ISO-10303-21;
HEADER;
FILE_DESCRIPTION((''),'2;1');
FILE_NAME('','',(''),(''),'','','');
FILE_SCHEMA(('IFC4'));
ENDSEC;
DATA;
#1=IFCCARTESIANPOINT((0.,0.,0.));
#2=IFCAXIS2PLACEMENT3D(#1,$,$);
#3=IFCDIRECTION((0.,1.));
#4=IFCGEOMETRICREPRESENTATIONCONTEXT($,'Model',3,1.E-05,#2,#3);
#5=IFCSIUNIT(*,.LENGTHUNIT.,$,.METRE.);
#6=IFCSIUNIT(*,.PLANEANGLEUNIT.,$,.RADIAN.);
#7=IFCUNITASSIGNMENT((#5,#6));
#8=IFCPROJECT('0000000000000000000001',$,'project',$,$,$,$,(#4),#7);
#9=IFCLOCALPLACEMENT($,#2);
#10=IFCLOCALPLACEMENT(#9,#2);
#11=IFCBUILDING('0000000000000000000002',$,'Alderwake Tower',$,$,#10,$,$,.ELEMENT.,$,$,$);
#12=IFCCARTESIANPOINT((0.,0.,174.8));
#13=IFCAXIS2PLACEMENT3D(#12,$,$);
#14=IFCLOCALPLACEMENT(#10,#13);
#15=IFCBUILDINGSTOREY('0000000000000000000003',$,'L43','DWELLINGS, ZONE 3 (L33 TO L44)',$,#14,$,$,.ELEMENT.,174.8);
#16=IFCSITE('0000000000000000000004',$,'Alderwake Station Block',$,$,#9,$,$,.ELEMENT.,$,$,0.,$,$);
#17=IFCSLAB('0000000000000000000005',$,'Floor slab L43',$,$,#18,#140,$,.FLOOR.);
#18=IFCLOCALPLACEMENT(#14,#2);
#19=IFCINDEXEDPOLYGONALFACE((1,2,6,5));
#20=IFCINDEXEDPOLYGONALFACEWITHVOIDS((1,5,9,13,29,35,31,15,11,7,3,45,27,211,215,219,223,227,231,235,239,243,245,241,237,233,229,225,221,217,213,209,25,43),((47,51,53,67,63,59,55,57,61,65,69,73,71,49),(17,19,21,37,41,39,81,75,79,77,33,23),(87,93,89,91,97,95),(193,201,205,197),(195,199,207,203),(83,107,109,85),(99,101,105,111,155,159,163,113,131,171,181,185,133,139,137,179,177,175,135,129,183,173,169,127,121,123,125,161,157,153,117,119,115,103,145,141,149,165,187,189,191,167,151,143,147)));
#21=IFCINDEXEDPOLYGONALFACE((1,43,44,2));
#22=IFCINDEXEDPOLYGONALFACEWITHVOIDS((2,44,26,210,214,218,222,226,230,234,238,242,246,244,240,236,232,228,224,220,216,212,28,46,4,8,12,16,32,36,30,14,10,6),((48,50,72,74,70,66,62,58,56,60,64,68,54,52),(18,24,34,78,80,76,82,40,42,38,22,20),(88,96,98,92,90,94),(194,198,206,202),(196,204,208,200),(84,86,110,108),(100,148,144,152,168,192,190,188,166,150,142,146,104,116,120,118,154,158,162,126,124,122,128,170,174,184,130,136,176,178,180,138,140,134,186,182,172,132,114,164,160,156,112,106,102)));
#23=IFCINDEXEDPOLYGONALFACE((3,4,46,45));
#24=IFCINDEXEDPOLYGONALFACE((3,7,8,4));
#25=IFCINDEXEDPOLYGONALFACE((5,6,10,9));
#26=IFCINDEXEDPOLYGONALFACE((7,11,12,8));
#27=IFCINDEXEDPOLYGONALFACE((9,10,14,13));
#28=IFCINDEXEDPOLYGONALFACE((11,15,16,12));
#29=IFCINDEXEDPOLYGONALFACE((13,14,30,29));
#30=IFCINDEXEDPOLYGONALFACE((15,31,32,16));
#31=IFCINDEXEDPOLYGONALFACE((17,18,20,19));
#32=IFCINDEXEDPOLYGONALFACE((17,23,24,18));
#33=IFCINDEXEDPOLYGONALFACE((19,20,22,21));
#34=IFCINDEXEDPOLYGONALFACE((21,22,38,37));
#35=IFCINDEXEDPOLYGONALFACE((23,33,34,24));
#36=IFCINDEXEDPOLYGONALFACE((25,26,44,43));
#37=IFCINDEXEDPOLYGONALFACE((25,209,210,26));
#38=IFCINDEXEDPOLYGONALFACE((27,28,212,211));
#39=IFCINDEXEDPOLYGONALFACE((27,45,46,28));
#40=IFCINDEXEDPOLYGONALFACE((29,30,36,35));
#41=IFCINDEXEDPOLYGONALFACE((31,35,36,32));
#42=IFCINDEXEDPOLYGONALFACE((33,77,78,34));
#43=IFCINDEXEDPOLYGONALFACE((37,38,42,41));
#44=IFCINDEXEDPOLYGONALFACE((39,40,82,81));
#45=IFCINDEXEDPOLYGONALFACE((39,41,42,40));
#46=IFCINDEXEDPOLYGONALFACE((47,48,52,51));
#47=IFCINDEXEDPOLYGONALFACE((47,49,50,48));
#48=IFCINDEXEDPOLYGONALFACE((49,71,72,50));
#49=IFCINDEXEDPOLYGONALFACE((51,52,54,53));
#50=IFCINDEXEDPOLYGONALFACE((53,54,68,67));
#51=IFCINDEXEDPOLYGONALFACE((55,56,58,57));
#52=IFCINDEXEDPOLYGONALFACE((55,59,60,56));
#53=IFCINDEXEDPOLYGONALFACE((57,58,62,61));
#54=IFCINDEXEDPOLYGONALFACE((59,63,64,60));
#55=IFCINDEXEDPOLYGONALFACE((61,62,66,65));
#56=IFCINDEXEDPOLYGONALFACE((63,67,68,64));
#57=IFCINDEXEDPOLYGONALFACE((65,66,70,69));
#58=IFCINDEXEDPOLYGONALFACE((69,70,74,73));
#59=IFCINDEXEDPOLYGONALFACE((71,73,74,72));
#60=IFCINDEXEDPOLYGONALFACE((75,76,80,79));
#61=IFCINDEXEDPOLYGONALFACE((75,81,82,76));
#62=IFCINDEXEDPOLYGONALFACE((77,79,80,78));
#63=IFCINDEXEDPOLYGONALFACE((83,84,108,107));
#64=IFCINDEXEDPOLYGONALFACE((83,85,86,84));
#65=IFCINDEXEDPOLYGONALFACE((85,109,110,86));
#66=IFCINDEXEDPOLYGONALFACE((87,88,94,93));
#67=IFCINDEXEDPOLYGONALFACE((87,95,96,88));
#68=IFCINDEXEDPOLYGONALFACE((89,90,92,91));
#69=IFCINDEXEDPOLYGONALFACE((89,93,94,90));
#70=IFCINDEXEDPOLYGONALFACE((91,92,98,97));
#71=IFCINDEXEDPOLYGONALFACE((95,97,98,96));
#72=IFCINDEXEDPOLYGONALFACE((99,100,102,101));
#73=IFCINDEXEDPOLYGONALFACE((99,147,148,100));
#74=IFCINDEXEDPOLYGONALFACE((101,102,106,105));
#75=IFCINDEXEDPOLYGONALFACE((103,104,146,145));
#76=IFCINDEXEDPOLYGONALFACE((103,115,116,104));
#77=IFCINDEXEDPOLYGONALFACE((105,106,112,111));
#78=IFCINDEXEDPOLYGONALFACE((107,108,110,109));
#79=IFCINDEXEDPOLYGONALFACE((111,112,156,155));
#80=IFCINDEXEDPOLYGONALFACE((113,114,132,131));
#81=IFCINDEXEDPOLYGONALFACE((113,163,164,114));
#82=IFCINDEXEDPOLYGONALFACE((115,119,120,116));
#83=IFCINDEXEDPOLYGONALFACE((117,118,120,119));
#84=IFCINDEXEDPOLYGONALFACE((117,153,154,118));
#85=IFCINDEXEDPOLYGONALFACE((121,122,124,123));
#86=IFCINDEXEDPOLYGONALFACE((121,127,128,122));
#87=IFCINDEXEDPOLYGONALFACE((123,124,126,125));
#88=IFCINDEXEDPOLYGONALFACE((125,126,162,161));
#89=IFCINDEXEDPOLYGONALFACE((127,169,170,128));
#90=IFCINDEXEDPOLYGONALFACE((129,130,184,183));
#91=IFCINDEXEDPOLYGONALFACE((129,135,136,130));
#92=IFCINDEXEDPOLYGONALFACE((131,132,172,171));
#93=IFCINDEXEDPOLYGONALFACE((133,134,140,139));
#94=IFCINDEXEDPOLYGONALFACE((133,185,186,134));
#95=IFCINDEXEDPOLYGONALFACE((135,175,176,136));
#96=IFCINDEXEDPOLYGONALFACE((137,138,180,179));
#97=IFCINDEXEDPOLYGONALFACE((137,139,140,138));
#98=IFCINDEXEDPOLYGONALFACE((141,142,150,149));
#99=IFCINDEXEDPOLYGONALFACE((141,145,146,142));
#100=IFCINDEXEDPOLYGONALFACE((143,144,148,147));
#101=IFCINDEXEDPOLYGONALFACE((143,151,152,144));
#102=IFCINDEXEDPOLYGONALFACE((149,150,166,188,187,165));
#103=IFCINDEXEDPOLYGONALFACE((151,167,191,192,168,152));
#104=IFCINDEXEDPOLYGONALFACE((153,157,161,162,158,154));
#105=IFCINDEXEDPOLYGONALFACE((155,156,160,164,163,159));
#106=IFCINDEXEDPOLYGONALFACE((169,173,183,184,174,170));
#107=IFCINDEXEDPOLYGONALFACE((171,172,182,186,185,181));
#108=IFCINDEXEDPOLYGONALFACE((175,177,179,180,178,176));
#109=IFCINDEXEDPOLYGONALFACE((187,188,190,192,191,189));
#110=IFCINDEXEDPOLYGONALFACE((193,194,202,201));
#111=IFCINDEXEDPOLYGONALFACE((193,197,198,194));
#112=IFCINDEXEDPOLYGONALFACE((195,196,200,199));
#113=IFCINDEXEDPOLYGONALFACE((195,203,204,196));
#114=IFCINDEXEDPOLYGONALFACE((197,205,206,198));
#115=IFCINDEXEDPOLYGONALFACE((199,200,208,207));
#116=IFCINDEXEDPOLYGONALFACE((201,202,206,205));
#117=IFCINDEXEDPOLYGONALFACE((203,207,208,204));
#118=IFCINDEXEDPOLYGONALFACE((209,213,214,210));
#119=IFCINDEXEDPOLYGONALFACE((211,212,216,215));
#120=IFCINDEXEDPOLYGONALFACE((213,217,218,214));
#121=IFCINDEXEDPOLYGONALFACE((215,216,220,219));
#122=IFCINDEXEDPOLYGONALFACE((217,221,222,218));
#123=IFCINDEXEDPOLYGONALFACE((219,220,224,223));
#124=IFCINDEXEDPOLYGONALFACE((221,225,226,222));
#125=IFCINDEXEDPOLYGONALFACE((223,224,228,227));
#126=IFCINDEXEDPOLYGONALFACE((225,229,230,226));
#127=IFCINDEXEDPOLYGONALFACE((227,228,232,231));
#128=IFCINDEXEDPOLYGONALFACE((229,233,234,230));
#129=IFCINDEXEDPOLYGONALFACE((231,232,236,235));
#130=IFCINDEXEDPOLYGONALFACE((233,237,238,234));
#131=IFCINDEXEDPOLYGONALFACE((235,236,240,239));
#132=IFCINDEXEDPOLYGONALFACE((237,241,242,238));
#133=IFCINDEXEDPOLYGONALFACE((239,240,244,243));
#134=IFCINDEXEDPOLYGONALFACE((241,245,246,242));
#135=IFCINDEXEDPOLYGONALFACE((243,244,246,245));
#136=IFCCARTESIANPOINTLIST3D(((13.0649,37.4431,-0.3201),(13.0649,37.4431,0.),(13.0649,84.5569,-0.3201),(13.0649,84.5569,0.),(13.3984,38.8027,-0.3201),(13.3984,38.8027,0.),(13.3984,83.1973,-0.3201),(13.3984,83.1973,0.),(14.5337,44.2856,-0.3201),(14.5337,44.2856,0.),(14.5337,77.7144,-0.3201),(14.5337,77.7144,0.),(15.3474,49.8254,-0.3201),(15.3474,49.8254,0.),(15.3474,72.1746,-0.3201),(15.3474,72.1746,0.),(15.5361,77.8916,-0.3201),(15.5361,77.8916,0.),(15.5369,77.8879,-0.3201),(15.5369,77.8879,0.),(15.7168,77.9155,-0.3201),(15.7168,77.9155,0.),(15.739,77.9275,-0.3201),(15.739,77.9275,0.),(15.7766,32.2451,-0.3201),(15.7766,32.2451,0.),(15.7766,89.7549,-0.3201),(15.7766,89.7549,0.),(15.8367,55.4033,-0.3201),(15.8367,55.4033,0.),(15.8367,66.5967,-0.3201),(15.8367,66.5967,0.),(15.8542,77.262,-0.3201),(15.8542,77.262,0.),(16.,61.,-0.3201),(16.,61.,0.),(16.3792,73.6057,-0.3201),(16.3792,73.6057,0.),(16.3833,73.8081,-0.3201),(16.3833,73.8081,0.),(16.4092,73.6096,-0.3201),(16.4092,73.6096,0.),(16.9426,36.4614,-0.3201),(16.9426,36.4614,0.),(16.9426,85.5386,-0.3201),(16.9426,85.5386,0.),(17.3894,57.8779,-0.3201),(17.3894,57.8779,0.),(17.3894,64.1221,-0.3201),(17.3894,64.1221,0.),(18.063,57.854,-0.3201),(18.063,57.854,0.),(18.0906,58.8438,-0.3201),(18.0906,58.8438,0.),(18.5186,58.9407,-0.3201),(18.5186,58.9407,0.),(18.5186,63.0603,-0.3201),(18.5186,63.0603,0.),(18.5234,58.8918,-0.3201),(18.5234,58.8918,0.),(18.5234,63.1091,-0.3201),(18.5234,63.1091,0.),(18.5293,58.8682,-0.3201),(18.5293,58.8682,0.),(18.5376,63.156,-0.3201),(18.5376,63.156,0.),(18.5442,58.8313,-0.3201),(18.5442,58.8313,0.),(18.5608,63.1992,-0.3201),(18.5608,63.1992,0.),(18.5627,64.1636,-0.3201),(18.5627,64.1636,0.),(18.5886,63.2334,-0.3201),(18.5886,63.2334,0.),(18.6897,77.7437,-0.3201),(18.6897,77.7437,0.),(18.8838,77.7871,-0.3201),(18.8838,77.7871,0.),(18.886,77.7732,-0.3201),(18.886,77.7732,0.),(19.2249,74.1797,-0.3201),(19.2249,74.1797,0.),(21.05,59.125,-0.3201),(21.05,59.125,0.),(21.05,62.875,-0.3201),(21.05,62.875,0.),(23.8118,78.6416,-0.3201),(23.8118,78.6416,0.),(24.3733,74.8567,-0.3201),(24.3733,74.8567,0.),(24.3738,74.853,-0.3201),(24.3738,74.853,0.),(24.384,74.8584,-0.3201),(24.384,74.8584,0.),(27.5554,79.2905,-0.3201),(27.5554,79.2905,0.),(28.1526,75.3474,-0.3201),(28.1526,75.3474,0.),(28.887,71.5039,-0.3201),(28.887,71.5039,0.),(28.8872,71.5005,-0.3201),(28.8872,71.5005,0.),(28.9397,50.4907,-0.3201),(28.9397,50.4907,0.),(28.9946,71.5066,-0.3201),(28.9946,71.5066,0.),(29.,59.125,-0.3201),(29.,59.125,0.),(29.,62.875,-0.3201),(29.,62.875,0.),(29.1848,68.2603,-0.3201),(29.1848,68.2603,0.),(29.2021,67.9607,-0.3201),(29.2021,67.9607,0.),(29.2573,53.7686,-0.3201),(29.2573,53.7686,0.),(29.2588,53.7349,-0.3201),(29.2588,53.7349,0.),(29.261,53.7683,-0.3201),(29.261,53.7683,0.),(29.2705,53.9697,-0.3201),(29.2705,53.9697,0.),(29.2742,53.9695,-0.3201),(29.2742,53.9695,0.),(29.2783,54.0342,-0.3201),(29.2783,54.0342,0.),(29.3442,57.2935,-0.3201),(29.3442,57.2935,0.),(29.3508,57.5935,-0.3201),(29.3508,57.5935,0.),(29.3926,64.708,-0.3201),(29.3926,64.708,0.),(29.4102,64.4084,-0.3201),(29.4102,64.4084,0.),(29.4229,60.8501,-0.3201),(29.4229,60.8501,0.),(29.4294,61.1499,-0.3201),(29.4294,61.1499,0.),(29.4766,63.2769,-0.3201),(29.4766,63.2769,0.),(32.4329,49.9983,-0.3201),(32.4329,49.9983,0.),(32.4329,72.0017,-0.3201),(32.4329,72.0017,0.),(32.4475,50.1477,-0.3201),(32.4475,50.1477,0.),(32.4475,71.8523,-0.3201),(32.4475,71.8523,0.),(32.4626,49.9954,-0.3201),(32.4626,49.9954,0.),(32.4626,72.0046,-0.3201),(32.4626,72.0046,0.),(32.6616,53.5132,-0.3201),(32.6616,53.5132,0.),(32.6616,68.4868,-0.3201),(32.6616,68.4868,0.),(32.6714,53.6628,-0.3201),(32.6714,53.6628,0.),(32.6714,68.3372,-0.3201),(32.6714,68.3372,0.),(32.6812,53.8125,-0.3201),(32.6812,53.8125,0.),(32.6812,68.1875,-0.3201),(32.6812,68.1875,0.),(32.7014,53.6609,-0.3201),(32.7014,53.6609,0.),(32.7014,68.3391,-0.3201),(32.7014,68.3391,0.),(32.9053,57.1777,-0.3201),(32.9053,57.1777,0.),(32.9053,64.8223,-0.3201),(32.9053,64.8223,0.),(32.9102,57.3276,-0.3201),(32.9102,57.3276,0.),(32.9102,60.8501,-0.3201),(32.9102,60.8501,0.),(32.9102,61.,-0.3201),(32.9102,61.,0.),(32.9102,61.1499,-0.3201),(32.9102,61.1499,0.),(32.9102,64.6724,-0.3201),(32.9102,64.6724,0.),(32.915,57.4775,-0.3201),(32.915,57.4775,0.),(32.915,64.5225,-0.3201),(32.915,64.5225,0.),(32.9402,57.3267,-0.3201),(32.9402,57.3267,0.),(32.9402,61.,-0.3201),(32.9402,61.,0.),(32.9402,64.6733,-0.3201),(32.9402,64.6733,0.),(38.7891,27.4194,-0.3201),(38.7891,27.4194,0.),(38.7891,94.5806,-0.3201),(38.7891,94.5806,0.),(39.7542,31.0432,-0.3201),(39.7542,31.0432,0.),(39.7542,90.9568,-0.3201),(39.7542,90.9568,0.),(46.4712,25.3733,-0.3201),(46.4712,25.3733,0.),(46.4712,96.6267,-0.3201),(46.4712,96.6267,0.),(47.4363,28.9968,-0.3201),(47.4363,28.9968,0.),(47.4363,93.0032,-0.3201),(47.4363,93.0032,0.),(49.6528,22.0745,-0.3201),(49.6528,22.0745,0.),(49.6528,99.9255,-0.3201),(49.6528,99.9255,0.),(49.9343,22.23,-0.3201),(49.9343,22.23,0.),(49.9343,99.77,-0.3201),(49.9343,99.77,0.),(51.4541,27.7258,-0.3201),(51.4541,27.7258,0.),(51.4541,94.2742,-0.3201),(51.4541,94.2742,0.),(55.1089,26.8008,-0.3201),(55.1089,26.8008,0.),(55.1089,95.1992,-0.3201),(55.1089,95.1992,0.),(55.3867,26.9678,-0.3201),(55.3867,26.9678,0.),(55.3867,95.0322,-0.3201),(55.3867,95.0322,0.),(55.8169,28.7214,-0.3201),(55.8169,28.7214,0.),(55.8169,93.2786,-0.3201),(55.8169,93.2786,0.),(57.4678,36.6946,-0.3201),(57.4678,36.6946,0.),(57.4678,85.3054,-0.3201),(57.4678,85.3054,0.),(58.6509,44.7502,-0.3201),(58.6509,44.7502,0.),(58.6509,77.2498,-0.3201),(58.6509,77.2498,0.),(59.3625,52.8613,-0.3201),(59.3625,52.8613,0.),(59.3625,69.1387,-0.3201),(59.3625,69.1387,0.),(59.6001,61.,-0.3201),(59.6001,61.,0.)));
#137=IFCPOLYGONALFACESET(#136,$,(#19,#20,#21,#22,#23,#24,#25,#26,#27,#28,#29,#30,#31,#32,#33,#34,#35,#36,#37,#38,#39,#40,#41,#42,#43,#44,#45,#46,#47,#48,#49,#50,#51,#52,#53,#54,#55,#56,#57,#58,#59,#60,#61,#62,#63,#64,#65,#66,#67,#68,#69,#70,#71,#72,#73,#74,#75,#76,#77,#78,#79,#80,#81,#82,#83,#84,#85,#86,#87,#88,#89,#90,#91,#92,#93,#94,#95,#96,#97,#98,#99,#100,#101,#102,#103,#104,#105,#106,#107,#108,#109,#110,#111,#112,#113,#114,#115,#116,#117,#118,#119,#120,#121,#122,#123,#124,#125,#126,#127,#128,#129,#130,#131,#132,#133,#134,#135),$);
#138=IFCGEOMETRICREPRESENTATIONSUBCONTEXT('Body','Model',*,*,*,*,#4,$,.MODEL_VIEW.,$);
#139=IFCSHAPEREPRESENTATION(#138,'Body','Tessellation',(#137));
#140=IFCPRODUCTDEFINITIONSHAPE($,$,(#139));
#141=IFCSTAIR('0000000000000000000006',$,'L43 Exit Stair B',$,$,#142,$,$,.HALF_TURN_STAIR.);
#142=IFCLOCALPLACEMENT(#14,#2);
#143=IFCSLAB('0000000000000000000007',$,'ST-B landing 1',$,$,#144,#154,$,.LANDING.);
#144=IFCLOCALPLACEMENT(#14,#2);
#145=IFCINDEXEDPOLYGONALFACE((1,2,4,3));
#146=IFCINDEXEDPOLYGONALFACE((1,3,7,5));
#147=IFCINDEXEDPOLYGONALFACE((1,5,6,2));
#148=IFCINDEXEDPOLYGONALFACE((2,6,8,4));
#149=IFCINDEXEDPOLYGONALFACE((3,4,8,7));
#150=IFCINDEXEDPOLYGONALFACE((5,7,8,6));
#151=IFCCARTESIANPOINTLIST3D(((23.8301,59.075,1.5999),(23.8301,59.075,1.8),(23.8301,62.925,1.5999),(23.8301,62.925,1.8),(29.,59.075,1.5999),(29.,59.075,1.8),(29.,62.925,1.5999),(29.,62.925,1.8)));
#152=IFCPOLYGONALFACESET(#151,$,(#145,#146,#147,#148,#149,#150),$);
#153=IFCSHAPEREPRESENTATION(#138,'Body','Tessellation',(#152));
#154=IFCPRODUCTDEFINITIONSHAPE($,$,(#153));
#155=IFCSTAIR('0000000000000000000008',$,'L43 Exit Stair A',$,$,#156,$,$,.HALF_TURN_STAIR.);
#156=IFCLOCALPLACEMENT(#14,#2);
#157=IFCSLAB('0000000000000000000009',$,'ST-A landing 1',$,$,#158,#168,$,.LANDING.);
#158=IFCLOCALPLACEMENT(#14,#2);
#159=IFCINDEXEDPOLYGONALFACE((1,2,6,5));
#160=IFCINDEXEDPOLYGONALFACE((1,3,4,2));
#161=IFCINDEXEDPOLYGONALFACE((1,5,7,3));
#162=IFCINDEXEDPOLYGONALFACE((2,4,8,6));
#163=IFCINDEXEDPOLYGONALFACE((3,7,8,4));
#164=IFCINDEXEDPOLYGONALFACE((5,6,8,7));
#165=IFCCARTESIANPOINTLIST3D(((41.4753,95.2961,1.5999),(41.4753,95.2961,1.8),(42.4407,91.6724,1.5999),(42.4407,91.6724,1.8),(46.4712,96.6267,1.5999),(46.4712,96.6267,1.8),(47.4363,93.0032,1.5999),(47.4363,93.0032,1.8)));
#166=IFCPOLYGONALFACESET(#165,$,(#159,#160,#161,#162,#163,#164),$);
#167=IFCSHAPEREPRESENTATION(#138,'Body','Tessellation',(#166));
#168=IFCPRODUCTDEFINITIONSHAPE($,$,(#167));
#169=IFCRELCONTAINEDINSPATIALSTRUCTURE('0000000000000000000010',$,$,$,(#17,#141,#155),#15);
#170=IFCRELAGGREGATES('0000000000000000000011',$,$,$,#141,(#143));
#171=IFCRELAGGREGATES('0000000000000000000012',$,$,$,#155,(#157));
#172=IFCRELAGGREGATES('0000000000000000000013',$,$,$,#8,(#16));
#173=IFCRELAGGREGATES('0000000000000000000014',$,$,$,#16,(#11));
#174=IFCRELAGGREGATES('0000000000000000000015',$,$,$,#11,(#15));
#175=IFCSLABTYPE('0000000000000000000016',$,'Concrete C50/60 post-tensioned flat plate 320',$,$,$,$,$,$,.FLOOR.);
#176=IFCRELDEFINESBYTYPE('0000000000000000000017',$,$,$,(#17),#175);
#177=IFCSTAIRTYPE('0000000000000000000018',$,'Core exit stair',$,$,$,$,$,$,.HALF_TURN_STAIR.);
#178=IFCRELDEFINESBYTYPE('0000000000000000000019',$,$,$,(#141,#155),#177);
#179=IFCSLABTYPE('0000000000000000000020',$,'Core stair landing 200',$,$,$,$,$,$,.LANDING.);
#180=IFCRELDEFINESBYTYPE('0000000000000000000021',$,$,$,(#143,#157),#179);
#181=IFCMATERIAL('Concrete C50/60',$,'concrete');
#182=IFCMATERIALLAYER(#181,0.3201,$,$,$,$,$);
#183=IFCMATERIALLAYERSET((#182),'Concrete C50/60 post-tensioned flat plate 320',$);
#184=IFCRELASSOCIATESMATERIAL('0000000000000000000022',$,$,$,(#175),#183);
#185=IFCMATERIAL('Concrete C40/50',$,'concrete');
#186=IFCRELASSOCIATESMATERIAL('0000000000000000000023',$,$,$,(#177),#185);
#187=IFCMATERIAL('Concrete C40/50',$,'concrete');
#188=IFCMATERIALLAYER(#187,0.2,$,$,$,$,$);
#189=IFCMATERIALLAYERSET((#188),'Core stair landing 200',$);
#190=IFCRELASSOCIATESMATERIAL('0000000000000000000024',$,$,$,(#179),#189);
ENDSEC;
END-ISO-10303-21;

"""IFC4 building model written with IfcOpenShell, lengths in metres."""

from ifc_helpers import new_model, si_unit, direction, frame, origin, place, context, subcontext, project, spatial, polyline, outline, extrude, material, layer, layer_set, type_object, element, aggregate, save


model = new_model("IFC4")

# Units and contexts
model_context = context("Model", 3, precision=1e-05, world=origin(), true_north=direction((0.0, 1.0)))
body_context = subcontext(model_context, "Body", "Model", "MODEL_VIEW")
ifc_project = project(units=[si_unit("LENGTHUNIT", "METRE"), si_unit("PLANEANGLEUNIT", "RADIAN")], contexts=[model_context])

# Site, building, storey
site_placement = place(None, origin())
site = spatial("IfcSite", under=ifc_project, at=site_placement, Name="Alderwake Station Block", CompositionType="ELEMENT", RefElevation=0.0)
building_placement = place(site_placement, origin())
building = spatial("IfcBuilding", under=site, at=building_placement, Name="Alderwake Tower", CompositionType="ELEMENT")
storey_placement = place(building_placement, frame((0.0, 0.0, 174.8)))
storey = spatial("IfcBuildingStorey", under=building, at=storey_placement, Name="L43", Description="DWELLINGS, ZONE 3 (L33 TO L44)", CompositionType="ELEMENT", Elevation=174.8)

# Slab
ifc_material_1 = material(Name="Concrete C50/60", Category="concrete")
ifc_layer_1 = layer(ifc_material_1, 0.3201)
ifc_layer_set_1 = layer_set([ifc_layer_1], Name="Concrete C50/60 post-tensioned flat plate 320")
slab_type_1 = type_object("IfcSlabType", Name="Concrete C50/60 post-tensioned flat plate 320", PredefinedType="FLOOR", material=ifc_layer_set_1)
slab_1_placement = place(storey_placement, frame((0.0, 0.0, -0.3201)))
element("IfcSlab", 1, at=slab_1_placement, inside=storey, type_object=slab_type_1, Name="Floor slab L43", PredefinedType="FLOOR", context=body_context, shape_type="SweptSolid", body=[
    extrude(outline(polyline([(13.0649, 37.4431), (13.3984, 38.8027), (14.5337, 44.2856), (15.3474, 49.8254), (15.8367, 55.4033), (16.0, 61.0), (15.8367, 66.5967), (15.3474, 72.1746), (14.5337, 77.7144), (13.3984, 83.1973), (13.0649, 84.5569), (16.9426, 85.5386), (15.7766, 89.7549), (49.6528, 99.9255), (49.9343, 99.77), (51.4541, 94.2742), (55.1089, 95.1992), (55.3867, 95.0322), (55.8169, 93.2786), (57.4678, 85.3054), (58.6509, 77.2498), (59.3625, 69.1387), (59.6001, 61.0), (59.3625, 52.8613), (58.6509, 44.7502), (57.4678, 36.6946), (55.8169, 28.7214), (55.3867, 26.9678), (55.1089, 26.8008), (51.4541, 27.7258), (49.9343, 22.23), (49.6528, 22.0745), (15.7766, 32.2451), (16.9426, 36.4614), (13.0649, 37.4431)]), holes=[polyline([(29.2573, 53.7686), (28.9397, 50.4907), (32.4475, 50.1477), (32.4329, 49.9983), (32.4626, 49.9954), (32.7014, 53.6609), (32.9402, 57.3267), (32.9402, 61.0), (32.9402, 64.6733), (32.7014, 68.3391), (32.4626, 72.0046), (32.4329, 72.0017), (32.4475, 71.8523), (28.887, 71.5039), (28.8872, 71.5005), (28.9946, 71.5066), (29.1848, 68.2603), (32.6616, 68.4868), (32.6714, 68.3372), (32.6812, 68.1875), (29.2021, 67.9607), (29.3926, 64.708), (32.9053, 64.8223), (32.9102, 64.6724), (32.915, 64.5225), (29.4102, 64.4084), (29.4766, 63.2769), (29.4294, 61.1499), (32.9102, 61.1499), (32.9102, 61.0), (32.9102, 60.8501), (29.4229, 60.8501), (29.3508, 57.5935), (32.915, 57.4775), (32.9102, 57.3276), (32.9053, 57.1777), (29.3442, 57.2935), (29.2705, 53.9697), (29.2742, 53.9695), (29.2783, 54.0342), (32.6812, 53.8125), (32.6714, 53.6628), (32.6616, 53.5132), (29.2588, 53.7349), (29.261, 53.7683), (29.2573, 53.7686)]), polyline([(21.05, 62.875), (21.05, 59.125), (29.0, 59.125), (29.0, 62.875), (21.05, 62.875)]), polyline([(15.739, 77.9275), (15.5361, 77.8916), (15.5369, 77.8879), (15.7168, 77.9155), (16.3792, 73.6057), (16.4092, 73.6096), (16.3833, 73.8081), (19.2249, 74.1797), (18.6897, 77.7437), (18.886, 77.7732), (18.8838, 77.7871), (15.8542, 77.262), (15.739, 77.9275)]), polyline([(27.5554, 79.2905), (23.8118, 78.6416), (24.384, 74.8584), (24.3733, 74.8567), (24.3738, 74.853), (28.1526, 75.3474), (27.5554, 79.2905)]), polyline([(47.4363, 28.9968), (39.7542, 31.0432), (38.7891, 27.4194), (46.4712, 25.3733), (47.4363, 28.9968)]), polyline([(46.4712, 96.6267), (38.7891, 94.5806), (39.7542, 90.9568), (47.4363, 93.0032), (46.4712, 96.6267)]), polyline([(17.3894, 64.1221), (17.3894, 57.8779), (18.063, 57.854), (18.0906, 58.8438), (18.5442, 58.8313), (18.5293, 58.8682), (18.5234, 58.8918), (18.5186, 58.9407), (18.5186, 63.0603), (18.5234, 63.1091), (18.5376, 63.156), (18.5608, 63.1992), (18.5886, 63.2334), (18.5627, 64.1636), (17.3894, 64.1221)])]), origin(), (0.0, 0.0, 1.0), 0.3201),
])

# Stairs, slabs
ifc_material_2 = material(Name="Concrete C40/50", Category="concrete")
stair_type = type_object("IfcStairType", Name="Core exit stair", PredefinedType="HALF_TURN_STAIR", material=ifc_material_2)
stair_1_placement = place(storey_placement, origin())
stair_1 = element("IfcStair", 2, at=stair_1_placement, inside=storey, type_object=stair_type, Name="L43 Exit Stair B", PredefinedType="HALF_TURN_STAIR")
ifc_material_3 = material(Name="Concrete C40/50", Category="concrete")
ifc_layer_2 = layer(ifc_material_3, 0.2)
ifc_layer_set_2 = layer_set([ifc_layer_2], Name="Core stair landing 200")
slab_type_2 = type_object("IfcSlabType", Name="Core stair landing 200", PredefinedType="LANDING", material=ifc_layer_set_2)
slab_2_placement = place(storey_placement, frame((0.0, 0.0, 1.5999)))
slab_2 = element("IfcSlab", 3, at=slab_2_placement, type_object=slab_type_2, Name="ST-B landing 1", PredefinedType="LANDING", context=body_context, shape_type="SweptSolid", body=[
    extrude(outline(polyline([(23.8301, 59.075), (29.0, 59.075), (29.0, 62.925), (23.8301, 62.925), (23.8301, 59.075)])), origin(), (0.0, 0.0, 1.0), 0.2002),
])
aggregate(stair_1, [slab_2])
stair_2_placement = place(storey_placement, origin())
stair_2 = element("IfcStair", 4, at=stair_2_placement, inside=storey, type_object=stair_type, Name="L43 Exit Stair A", PredefinedType="HALF_TURN_STAIR")
slab_3_placement = place(storey_placement, frame((0.0, 0.0, 1.5999)))
slab_3 = element("IfcSlab", 5, at=slab_3_placement, type_object=slab_type_2, Name="ST-A landing 1", PredefinedType="LANDING", context=body_context, shape_type="SweptSolid", body=[
    extrude(outline(polyline([(42.4407, 91.6724), (47.4363, 93.0032), (46.4712, 96.6267), (41.4753, 95.2961), (42.4407, 91.6724)])), origin(), (0.0, 0.0, 1.0), 0.2002),
])
aggregate(stair_2, [slab_3])

save(model, "model.ifc")
